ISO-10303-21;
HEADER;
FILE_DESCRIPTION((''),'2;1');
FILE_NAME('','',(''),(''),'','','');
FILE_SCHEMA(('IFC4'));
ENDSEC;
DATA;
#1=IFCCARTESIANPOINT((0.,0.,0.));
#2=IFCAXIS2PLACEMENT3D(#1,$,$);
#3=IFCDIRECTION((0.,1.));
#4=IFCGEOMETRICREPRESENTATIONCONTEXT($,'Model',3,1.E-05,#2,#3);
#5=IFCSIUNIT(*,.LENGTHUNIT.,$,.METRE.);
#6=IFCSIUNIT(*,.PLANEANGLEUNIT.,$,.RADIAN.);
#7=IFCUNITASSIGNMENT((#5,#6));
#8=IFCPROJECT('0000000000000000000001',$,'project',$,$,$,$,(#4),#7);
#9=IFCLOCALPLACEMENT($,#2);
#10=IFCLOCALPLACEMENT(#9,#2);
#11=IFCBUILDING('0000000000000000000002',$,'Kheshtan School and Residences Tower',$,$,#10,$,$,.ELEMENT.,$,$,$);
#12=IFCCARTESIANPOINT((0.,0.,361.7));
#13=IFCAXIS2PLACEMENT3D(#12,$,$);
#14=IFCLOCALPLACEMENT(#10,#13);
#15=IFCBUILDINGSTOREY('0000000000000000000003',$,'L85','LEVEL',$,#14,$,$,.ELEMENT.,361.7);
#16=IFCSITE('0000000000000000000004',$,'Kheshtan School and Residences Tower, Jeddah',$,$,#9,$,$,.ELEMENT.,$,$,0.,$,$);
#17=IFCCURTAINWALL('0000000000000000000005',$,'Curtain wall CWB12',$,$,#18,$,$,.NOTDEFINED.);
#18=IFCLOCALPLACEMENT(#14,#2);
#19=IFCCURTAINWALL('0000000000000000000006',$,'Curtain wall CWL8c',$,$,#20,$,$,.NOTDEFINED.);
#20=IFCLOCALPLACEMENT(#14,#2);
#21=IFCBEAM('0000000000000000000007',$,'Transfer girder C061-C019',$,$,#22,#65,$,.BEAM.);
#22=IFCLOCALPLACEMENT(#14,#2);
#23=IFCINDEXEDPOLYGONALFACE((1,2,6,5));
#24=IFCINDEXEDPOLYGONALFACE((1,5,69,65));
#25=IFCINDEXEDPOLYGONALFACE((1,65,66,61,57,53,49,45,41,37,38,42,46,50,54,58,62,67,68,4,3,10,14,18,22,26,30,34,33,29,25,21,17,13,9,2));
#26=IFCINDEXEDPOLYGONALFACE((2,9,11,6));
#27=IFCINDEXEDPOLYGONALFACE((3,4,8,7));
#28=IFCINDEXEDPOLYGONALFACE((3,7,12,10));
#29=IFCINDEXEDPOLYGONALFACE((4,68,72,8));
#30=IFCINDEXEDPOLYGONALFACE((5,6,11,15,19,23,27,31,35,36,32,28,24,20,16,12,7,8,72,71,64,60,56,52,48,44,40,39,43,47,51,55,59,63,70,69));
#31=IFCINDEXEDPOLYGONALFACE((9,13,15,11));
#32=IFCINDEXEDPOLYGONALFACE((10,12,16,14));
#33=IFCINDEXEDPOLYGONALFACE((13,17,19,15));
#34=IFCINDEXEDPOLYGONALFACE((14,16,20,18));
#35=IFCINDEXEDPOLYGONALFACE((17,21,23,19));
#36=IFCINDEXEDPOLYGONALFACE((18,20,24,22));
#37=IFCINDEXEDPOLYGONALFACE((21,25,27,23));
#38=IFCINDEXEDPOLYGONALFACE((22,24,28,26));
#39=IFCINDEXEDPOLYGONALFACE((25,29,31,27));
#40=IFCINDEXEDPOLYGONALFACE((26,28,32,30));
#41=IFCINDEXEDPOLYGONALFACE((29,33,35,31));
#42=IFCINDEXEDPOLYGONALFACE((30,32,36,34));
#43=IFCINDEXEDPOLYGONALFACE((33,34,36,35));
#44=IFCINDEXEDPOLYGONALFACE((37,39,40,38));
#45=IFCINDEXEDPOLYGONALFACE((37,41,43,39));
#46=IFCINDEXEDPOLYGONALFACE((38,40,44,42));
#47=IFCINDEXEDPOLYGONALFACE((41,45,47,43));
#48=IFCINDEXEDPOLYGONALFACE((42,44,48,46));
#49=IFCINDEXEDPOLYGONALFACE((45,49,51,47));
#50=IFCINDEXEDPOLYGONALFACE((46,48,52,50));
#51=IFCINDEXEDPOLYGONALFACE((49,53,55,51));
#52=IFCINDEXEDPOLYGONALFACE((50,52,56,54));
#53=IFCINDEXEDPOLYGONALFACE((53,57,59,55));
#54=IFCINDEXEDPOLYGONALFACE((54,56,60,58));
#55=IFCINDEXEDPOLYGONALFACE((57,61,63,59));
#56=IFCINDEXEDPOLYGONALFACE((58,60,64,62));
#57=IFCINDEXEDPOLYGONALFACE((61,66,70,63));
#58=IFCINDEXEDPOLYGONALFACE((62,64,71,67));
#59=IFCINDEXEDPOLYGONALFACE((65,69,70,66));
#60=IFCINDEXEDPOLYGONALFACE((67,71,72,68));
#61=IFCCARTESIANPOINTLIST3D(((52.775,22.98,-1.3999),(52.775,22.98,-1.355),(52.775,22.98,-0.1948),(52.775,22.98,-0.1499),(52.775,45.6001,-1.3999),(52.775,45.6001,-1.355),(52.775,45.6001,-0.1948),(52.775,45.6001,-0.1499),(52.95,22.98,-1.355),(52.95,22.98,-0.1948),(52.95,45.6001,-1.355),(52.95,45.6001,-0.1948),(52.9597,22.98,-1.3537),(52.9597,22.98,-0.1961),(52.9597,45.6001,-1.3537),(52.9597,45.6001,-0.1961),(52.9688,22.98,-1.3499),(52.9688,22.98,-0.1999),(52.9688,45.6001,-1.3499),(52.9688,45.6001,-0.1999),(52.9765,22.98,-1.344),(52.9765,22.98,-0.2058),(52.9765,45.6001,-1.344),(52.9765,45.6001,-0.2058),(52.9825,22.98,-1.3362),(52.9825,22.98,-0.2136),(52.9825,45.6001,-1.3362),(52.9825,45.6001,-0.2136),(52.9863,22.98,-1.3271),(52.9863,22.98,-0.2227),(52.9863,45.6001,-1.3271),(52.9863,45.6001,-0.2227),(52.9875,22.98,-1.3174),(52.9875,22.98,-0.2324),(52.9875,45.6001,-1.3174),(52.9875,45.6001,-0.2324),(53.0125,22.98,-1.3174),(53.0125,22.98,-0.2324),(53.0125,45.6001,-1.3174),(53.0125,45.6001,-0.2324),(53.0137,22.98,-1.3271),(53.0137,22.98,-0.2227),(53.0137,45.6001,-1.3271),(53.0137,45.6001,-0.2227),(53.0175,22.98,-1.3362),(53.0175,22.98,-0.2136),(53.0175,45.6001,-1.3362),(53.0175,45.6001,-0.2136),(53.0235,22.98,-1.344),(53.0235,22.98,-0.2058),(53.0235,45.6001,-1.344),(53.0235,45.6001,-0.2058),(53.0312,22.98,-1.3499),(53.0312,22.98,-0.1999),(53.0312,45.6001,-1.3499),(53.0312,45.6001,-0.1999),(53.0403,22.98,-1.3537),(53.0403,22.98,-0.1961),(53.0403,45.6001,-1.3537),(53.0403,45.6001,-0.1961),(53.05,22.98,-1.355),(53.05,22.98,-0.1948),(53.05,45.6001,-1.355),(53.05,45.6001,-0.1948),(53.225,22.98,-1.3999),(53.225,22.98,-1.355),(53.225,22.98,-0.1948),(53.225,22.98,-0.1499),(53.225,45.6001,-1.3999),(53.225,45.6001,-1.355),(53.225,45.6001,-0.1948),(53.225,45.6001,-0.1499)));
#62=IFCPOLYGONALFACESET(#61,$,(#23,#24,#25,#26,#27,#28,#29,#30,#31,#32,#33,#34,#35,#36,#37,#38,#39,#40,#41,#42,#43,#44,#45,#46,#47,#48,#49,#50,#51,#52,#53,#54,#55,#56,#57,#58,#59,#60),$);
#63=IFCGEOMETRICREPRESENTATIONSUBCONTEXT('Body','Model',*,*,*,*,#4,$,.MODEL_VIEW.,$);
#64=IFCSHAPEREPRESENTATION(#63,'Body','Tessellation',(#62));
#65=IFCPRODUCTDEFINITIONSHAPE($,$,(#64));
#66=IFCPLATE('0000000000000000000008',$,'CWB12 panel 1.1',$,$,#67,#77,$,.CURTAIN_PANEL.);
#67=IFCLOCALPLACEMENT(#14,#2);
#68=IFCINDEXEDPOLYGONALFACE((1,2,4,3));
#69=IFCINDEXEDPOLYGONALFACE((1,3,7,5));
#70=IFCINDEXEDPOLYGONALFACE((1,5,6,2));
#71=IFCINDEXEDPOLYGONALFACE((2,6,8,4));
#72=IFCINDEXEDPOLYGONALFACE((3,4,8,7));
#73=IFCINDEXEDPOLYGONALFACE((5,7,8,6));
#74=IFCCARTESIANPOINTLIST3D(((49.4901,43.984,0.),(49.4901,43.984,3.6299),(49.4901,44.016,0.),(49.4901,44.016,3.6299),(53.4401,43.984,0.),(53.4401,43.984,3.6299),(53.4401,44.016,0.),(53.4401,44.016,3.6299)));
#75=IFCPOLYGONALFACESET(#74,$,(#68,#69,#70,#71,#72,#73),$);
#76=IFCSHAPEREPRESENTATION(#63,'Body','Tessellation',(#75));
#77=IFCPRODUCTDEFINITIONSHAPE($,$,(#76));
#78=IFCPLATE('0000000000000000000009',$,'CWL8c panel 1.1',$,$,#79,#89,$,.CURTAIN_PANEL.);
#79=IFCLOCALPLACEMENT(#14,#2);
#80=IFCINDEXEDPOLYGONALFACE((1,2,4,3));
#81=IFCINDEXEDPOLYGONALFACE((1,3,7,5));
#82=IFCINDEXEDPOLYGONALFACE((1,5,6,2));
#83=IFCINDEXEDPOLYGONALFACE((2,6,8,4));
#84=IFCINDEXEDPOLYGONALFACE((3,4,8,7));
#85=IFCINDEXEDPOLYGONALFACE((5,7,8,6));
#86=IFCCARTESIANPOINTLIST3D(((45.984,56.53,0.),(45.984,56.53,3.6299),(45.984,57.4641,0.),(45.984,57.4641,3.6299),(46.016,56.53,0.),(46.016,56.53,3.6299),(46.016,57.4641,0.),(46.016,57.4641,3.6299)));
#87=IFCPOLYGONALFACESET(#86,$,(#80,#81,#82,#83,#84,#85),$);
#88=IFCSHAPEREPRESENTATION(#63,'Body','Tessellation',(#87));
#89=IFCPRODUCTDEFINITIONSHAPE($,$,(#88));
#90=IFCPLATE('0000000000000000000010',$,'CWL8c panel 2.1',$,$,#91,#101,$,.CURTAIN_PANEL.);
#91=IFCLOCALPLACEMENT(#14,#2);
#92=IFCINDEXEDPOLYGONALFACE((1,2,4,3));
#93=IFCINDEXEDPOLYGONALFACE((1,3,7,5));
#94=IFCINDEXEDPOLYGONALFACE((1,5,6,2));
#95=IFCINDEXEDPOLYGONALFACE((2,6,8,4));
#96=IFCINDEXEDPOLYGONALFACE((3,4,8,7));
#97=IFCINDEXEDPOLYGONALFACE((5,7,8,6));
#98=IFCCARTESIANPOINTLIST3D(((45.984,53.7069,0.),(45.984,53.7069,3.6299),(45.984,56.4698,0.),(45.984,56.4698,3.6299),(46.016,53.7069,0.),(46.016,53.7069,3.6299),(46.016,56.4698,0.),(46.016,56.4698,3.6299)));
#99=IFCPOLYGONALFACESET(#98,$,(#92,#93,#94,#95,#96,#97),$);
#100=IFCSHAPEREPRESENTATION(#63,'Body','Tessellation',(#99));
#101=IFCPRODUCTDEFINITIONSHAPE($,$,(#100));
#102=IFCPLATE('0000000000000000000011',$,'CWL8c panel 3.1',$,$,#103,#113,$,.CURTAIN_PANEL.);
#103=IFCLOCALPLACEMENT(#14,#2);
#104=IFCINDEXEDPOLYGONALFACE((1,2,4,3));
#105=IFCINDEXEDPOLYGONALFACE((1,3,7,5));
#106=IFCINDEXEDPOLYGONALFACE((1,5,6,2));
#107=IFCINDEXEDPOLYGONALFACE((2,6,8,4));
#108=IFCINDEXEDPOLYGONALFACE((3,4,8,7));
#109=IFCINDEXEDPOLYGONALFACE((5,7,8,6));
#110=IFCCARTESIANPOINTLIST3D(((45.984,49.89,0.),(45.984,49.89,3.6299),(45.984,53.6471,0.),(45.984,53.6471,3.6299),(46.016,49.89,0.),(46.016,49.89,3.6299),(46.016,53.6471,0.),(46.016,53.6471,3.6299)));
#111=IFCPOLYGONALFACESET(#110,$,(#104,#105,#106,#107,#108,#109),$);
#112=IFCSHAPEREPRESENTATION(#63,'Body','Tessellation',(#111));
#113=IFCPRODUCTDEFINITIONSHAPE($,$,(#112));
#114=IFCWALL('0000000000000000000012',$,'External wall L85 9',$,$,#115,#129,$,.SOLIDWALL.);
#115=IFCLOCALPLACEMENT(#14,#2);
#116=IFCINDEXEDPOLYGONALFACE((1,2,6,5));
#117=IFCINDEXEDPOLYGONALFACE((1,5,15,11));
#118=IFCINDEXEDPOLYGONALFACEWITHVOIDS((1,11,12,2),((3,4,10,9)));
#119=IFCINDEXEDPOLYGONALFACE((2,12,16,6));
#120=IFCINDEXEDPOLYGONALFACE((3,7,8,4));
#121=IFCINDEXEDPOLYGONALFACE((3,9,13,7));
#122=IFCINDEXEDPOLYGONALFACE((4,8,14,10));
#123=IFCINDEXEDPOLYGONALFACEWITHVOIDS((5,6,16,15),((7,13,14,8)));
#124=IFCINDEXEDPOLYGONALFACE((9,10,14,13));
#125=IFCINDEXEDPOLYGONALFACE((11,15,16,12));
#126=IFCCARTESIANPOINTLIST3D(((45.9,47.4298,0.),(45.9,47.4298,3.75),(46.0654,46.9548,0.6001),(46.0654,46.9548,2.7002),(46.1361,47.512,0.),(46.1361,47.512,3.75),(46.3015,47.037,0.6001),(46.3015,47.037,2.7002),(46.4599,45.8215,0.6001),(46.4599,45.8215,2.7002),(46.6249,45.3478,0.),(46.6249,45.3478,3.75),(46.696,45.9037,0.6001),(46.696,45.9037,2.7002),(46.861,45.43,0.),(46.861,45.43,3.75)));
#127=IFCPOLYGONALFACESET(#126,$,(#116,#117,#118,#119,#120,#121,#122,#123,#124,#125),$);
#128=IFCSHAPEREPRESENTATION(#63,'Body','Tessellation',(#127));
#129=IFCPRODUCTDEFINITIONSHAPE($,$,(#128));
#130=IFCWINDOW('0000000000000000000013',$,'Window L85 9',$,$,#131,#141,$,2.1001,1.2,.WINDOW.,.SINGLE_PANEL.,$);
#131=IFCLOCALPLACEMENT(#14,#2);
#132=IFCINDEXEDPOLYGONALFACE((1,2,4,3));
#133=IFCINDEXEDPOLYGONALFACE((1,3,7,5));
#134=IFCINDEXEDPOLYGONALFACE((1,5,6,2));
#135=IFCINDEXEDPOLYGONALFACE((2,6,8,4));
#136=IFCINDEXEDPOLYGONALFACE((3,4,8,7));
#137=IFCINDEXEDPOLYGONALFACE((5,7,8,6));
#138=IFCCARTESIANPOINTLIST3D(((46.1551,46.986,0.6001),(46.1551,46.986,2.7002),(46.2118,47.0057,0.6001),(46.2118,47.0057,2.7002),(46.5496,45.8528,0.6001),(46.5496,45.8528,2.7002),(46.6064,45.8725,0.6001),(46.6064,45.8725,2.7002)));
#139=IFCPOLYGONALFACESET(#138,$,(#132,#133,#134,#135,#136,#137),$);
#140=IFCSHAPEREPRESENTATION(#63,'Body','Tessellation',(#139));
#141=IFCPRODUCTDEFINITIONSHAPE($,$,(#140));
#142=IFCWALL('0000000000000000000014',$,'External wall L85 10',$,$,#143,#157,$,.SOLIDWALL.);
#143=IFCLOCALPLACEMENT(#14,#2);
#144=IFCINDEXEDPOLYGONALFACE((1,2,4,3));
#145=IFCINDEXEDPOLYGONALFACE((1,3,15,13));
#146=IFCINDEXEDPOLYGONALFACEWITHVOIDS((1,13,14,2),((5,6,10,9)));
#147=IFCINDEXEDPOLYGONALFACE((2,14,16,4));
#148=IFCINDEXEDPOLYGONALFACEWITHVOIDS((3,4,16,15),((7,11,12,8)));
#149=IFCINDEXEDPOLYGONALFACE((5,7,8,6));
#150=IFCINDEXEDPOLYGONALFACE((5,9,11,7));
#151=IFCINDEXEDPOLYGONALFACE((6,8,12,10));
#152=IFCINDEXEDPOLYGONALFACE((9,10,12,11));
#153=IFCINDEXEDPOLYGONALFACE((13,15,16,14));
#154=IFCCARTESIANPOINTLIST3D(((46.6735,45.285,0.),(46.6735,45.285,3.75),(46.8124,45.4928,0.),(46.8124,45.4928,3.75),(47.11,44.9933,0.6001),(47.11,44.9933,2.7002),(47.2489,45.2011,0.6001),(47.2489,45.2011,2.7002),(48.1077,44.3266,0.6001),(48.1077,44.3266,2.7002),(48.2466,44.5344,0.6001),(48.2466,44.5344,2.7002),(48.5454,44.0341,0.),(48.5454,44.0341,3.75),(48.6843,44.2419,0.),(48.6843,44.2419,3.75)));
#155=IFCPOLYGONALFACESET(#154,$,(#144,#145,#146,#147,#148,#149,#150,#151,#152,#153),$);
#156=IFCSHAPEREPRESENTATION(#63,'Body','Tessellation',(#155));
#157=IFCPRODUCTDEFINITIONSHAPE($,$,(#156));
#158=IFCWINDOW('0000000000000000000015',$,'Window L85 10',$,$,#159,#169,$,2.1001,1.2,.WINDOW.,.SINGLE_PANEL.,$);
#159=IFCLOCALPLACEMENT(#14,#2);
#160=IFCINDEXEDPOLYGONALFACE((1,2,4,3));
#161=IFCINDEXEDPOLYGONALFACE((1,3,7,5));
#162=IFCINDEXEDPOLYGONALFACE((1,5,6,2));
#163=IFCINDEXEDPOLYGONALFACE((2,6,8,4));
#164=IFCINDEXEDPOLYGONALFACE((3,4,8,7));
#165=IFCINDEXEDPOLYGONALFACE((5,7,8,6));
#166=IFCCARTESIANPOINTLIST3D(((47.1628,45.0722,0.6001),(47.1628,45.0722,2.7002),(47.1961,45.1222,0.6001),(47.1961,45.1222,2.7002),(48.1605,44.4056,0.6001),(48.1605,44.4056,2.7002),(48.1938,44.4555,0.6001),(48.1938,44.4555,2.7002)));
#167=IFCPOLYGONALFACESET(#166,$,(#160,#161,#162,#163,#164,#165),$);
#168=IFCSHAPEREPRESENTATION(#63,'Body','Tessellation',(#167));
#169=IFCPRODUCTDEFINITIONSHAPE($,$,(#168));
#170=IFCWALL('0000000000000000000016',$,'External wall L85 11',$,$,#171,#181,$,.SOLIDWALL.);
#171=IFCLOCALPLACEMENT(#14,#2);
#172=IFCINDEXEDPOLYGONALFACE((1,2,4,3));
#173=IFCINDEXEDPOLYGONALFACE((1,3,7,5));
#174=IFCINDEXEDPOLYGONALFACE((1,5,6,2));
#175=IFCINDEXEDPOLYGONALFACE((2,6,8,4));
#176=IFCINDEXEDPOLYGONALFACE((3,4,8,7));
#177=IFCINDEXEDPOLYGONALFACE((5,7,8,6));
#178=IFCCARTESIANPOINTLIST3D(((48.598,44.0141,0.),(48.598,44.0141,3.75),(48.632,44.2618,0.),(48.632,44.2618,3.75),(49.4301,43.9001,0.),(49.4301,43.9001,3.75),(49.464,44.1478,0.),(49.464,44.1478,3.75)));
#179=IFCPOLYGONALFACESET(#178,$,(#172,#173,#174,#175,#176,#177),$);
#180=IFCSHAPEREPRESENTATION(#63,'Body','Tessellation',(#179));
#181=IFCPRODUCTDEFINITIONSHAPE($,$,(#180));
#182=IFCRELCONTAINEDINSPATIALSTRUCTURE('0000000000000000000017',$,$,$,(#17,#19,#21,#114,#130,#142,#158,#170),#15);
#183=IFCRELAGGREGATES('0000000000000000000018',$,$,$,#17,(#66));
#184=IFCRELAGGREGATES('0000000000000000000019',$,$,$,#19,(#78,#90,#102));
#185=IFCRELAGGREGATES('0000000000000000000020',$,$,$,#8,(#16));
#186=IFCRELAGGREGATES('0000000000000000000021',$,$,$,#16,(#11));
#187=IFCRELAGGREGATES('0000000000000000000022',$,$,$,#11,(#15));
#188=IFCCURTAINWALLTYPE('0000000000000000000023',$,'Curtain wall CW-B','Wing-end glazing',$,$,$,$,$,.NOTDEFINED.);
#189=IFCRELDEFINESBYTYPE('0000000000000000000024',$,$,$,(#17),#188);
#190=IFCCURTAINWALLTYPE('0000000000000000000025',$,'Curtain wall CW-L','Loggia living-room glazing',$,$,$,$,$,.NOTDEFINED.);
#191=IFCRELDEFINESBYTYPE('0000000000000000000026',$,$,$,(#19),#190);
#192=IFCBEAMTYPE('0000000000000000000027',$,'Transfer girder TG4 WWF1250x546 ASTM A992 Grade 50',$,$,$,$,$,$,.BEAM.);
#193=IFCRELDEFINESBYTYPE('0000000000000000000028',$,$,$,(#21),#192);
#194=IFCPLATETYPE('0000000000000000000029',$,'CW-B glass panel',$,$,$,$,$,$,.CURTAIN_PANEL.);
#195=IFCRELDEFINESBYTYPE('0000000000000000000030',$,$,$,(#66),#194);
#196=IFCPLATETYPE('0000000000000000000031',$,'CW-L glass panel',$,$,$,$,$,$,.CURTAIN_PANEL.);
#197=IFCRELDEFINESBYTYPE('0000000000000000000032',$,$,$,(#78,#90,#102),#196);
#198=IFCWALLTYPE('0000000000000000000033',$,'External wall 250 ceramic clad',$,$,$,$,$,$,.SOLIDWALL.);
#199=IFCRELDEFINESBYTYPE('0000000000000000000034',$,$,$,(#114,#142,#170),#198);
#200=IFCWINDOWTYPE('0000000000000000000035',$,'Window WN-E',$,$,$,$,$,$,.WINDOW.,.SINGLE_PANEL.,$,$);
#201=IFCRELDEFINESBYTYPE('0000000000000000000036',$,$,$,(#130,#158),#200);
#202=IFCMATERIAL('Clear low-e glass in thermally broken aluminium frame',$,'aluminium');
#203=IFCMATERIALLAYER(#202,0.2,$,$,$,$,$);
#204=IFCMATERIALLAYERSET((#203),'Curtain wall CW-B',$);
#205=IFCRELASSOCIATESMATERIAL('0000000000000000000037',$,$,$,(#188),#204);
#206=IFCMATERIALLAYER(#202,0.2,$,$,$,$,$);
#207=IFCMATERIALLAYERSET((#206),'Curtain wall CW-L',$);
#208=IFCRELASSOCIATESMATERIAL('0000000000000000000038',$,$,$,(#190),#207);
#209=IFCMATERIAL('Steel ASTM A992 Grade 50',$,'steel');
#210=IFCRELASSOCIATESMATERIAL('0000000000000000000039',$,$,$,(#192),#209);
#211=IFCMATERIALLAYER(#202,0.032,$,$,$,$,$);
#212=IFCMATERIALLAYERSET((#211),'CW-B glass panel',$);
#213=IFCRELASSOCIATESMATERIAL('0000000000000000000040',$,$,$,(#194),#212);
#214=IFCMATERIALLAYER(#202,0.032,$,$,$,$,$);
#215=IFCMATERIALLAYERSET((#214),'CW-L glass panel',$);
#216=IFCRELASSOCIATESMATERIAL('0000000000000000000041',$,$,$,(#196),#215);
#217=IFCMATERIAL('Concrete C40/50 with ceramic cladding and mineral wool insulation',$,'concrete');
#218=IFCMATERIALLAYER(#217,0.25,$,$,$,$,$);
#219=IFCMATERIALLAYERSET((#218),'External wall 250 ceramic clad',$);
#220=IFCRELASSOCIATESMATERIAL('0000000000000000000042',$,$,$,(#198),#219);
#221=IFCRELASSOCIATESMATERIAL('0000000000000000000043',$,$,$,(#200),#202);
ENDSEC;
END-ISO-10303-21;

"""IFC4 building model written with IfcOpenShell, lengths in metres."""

from ifc_helpers import new_model, si_unit, direction, frame, frame_2d, origin, origin_2d, place, context, subcontext, project, spatial, rectangle, i_section, extrude, source, transform, mapped, material, layer, layer_set, material_profile, profile_set, type_object, element, fill, aggregate, save


model = new_model("IFC4")

# Units and contexts
model_context = context("Model", 3, precision=1e-05, world=origin(), true_north=direction((0.0, 1.0)))
body_context = subcontext(model_context, "Body", "Model", "MODEL_VIEW")
ifc_project = project(units=[si_unit("LENGTHUNIT", "METRE"), si_unit("PLANEANGLEUNIT", "RADIAN")], contexts=[model_context])

# Site, building, storey
site_placement = place(None, origin())
site = spatial("IfcSite", under=ifc_project, at=site_placement, Name="Kheshtan School and Residences Tower, Jeddah", CompositionType="ELEMENT", RefElevation=0.0)
building_placement = place(site_placement, origin())
building = spatial("IfcBuilding", under=site, at=building_placement, Name="Kheshtan School and Residences Tower", CompositionType="ELEMENT")
storey_placement = place(building_placement, frame((0.0, 0.0, 361.7)))
storey = spatial("IfcBuildingStorey", under=building, at=storey_placement, Name="L85", Description="LEVEL", CompositionType="ELEMENT", Elevation=361.7)

# Shared definitions
ifc_material_1 = material(Name="Steel ASTM A992 Grade 50", Category="steel")

# Curtain walls
ifc_material_2 = material(Name="Clear low-e glass in thermally broken aluminium frame", Category="aluminium")
ifc_layer_1 = layer(ifc_material_2, 0.2)
ifc_layer_set_1 = layer_set([ifc_layer_1], Name="Curtain wall CW-B")
curtain_wall_type_1 = type_object("IfcCurtainWallType", Name="Curtain wall CW-B", Description="Wing-end glazing", PredefinedType="NOTDEFINED", material=ifc_layer_set_1)
curtain_wall_1_placement = place(storey_placement, origin())
curtain_wall_1 = element("IfcCurtainWall", 1, at=curtain_wall_1_placement, inside=storey, type_object=curtain_wall_type_1, Name="Curtain wall CWB12", PredefinedType="NOTDEFINED")
ifc_layer_2 = layer(ifc_material_2, 0.2)
ifc_layer_set_2 = layer_set([ifc_layer_2], Name="Curtain wall CW-L")
curtain_wall_type_2 = type_object("IfcCurtainWallType", Name="Curtain wall CW-L", Description="Loggia living-room glazing", PredefinedType="NOTDEFINED", material=ifc_layer_set_2)
curtain_wall_2_placement = place(storey_placement, origin())
curtain_wall_2 = element("IfcCurtainWall", 2, at=curtain_wall_2_placement, inside=storey, type_object=curtain_wall_type_2, Name="Curtain wall CWL8c", PredefinedType="NOTDEFINED")

# Beam
ifc_material_profile_1 = material_profile(ifc_material_1, i_section(OverallWidth=0.45, OverallDepth=1.25, WebThickness=0.0249, FlangeThickness=0.0449, FilletRadius=0.0376, at=origin_2d()), Name="WWF1250x546")
ifc_profile_set_1 = profile_set([ifc_material_profile_1], Name="Steel ASTM A992 Grade 50")
beam_type_1 = type_object("IfcBeamType", Name="Transfer girder TG4 WWF1250x546 ASTM A992 Grade 50", PredefinedType="BEAM", material=ifc_profile_set_1)
beam_1_placement = place(storey_placement, frame((53.0, 45.6001, -0.7749), z_axis=(0.0, -1.0, 0.0), x_axis=(1.0, 0.0, 0.0)))
element("IfcBeam", 3, at=beam_1_placement, inside=storey, type_object=beam_type_1, Name="Transfer girder C061-C019", PredefinedType="BEAM", context=body_context, shape_type="SweptSolid", body=[
    extrude(i_section(OverallWidth=0.45, OverallDepth=1.25, WebThickness=0.0249, FlangeThickness=0.0449, FilletRadius=0.0376, at=origin_2d()), origin(), (0.0, 0.0, 1.0), 22.6201),
])

# Plates
ifc_layer_3 = layer(ifc_material_2, 0.032)
ifc_layer_set_3 = layer_set([ifc_layer_3], Name="CW-B glass panel")
plate_type_1 = type_object("IfcPlateType", Name="CW-B glass panel", PredefinedType="CURTAIN_PANEL", material=ifc_layer_set_3)
plate_1_placement = place(storey_placement, frame((51.4651, 44.0, 0.0), z_axis=(0.0, 0.0, 1.0), x_axis=(1.0, 0.0, 0.0)))
plate_1 = element("IfcPlate", 4, at=plate_1_placement, type_object=plate_type_1, Name="CWB12 panel 1.1", PredefinedType="CURTAIN_PANEL", context=body_context, shape_type="SweptSolid", body=[
    extrude(rectangle(XDim=3.95, YDim=0.032, at=origin_2d()), origin(), (0.0, 0.0, 1.0), 3.6299),
])
aggregate(curtain_wall_1, [plate_1])
ifc_layer_4 = layer(ifc_material_2, 0.032)
ifc_layer_set_4 = layer_set([ifc_layer_4], Name="CW-L glass panel")
plate_type_2 = type_object("IfcPlateType", Name="CW-L glass panel", PredefinedType="CURTAIN_PANEL", material=ifc_layer_set_4)
plate_2_placement = place(storey_placement, frame((46.0, 56.9971, 0.0), z_axis=(0.0, 0.0, 1.0), x_axis=(0.0, -1.0, 0.0)))
plate_2 = element("IfcPlate", 5, at=plate_2_placement, type_object=plate_type_2, Name="CWL8c panel 1.1", PredefinedType="CURTAIN_PANEL", context=body_context, shape_type="SweptSolid", body=[
    extrude(rectangle(XDim=0.9341, YDim=0.032, at=origin_2d()), origin(), (0.0, 0.0, 1.0), 3.6299),
])
plate_3_placement = place(storey_placement, frame((46.0, 55.0884, 0.0), z_axis=(0.0, 0.0, 1.0), x_axis=(0.0, -1.0, 0.0)))
plate_3 = element("IfcPlate", 6, at=plate_3_placement, type_object=plate_type_2, Name="CWL8c panel 2.1", PredefinedType="CURTAIN_PANEL", context=body_context, shape_type="SweptSolid", body=[
    extrude(rectangle(XDim=2.7629, YDim=0.032, at=origin_2d()), origin(), (0.0, 0.0, 1.0), 3.6299),
])
plate_4_placement = place(storey_placement, frame((46.0, 51.7686, 0.0), z_axis=(0.0, 0.0, 1.0), x_axis=(0.0, -1.0, 0.0)))
plate_4 = element("IfcPlate", 7, at=plate_4_placement, type_object=plate_type_2, Name="CWL8c panel 3.1", PredefinedType="CURTAIN_PANEL", context=body_context, shape_type="SweptSolid", body=[
    extrude(rectangle(XDim=3.7571, YDim=0.032, at=origin_2d()), origin(), (0.0, 0.0, 1.0), 3.6299),
])
aggregate(curtain_wall_2, [plate_2, plate_3, plate_4])

# Walls, openings, windows
ifc_material_3 = material(Name="Concrete C40/50 with ceramic cladding and mineral wool insulation", Category="concrete")
ifc_layer_5 = layer(ifc_material_3, 0.25)
ifc_layer_set_5 = layer_set([ifc_layer_5], Name="External wall 250 ceramic clad")
wall_type_1 = type_object("IfcWallType", Name="External wall 250 ceramic clad", PredefinedType="SOLIDWALL", material=ifc_layer_set_5)
wall_1_placement = place(storey_placement, frame((46.0181, 47.4709, 0.0), z_axis=(0.0, 0.0, 1.0), x_axis=(0.328791, -0.944403, 0.0)))
wall_1 = element("IfcWall", 8, at=wall_1_placement, inside=storey, type_object=wall_type_1, Name="External wall L85 9", PredefinedType="SOLIDWALL", context=body_context, shape_type="SweptSolid", body=[
    extrude(rectangle(XDim=2.2046, YDim=0.25, at=frame_2d((1.1023, 0.0))), origin(), (0.0, 0.0, 1.0), 3.75),
])
opening_1_placement = place(wall_1_placement, frame((0.5029, 0.0, 0.6001)))
opening_1 = element("IfcOpeningElement", 9, at=opening_1_placement, cuts=wall_1, PredefinedType="OPENING", context=body_context, shape_type="SweptSolid", body=[
    extrude(rectangle(XDim=1.2, YDim=2.1001, at=frame_2d((0.6001, 1.05))), frame((0.0, 0.135, 0.0), z_axis=(0.0, -1.0, 0.0), x_axis=(1.0, 0.0, 0.0)), (0.0, 0.0, 1.0), 0.27),
])
window_type = type_object("IfcWindowType", Name="Window WN-E", PartitioningType="SINGLE_PANEL", PredefinedType="WINDOW", material=ifc_material_2)
shared_shape_1 = source(origin(), body_context, "Body", "SweptSolid", [
    extrude(rectangle(XDim=1.2, YDim=2.1001, at=frame_2d((0.6001, 1.05))), frame((0.0, 0.03, 0.0), z_axis=(0.0, -1.0, 0.0), x_axis=(1.0, 0.0, 0.0)), (0.0, 0.0, 1.0), 0.0601),
])
window_1_placement = place(opening_1_placement, origin())
window_1 = element("IfcWindow", 10, at=window_1_placement, inside=storey, type_object=window_type, Name="Window L85 9", OverallHeight=2.1001, OverallWidth=1.2, PartitioningType="SINGLE_PANEL", PredefinedType="WINDOW", context=body_context, shape_type="MappedRepresentation", body=[
    mapped(shared_shape_1, transform((0.0, 0.0, 0.0), x_axis=(1.0, 0.0, 0.0), y_axis=(0.0, 1.0, 0.0), z_axis=(0.0, 0.0, 1.0), scale=1.0)),
])
fill(opening_1, window_1)
wall_2_placement = place(storey_placement, frame((46.7429, 45.3889, 0.0), z_axis=(0.0, 0.0, 1.0), x_axis=(0.831449, -0.555601, 0.0)))
wall_2 = element("IfcWall", 11, at=wall_2_placement, inside=storey, type_object=wall_type_1, Name="External wall L85 10", PredefinedType="SOLIDWALL", context=body_context, shape_type="SweptSolid", body=[
    extrude(rectangle(XDim=2.2515, YDim=0.25, at=frame_2d((1.1257, 0.0))), origin(), (0.0, 0.0, 1.0), 3.75),
])
opening_2_placement = place(wall_2_placement, frame((0.5249, 0.0, 0.6001)))
opening_2 = element("IfcOpeningElement", 12, at=opening_2_placement, cuts=wall_2, PredefinedType="OPENING", context=body_context, shape_type="SweptSolid", body=[
    extrude(rectangle(XDim=1.2, YDim=2.1001, at=frame_2d((0.6001, 1.05))), frame((0.0, 0.135, 0.0), z_axis=(0.0, -1.0, 0.0), x_axis=(1.0, 0.0, 0.0)), (0.0, 0.0, 1.0), 0.27),
])
window_2_placement = place(opening_2_placement, origin())
window_2 = element("IfcWindow", 13, at=window_2_placement, inside=storey, type_object=window_type, Name="Window L85 10", OverallHeight=2.1001, OverallWidth=1.2, PartitioningType="SINGLE_PANEL", PredefinedType="WINDOW", context=body_context, shape_type="MappedRepresentation", body=[
    mapped(shared_shape_1, transform((0.0, 0.0, 0.0), x_axis=(1.0, 0.0, 0.0), y_axis=(0.0, 1.0, 0.0), z_axis=(0.0, 0.0, 1.0), scale=1.0)),
])
fill(opening_2, window_2)

# Wall
wall_3_placement = place(storey_placement, frame((48.615, 44.1379, 0.0), z_axis=(0.0, 0.0, 1.0), x_axis=(0.990742, -0.135762, 0.0)))
element("IfcWall", 14, at=wall_3_placement, inside=storey, type_object=wall_type_1, Name="External wall L85 11", PredefinedType="SOLIDWALL", context=body_context, shape_type="SweptSolid", body=[
    extrude(rectangle(XDim=0.8398, YDim=0.25, at=frame_2d((0.4199, 0.0))), origin(), (0.0, 0.0, 1.0), 3.75),
])

save(model, "model.ifc")
